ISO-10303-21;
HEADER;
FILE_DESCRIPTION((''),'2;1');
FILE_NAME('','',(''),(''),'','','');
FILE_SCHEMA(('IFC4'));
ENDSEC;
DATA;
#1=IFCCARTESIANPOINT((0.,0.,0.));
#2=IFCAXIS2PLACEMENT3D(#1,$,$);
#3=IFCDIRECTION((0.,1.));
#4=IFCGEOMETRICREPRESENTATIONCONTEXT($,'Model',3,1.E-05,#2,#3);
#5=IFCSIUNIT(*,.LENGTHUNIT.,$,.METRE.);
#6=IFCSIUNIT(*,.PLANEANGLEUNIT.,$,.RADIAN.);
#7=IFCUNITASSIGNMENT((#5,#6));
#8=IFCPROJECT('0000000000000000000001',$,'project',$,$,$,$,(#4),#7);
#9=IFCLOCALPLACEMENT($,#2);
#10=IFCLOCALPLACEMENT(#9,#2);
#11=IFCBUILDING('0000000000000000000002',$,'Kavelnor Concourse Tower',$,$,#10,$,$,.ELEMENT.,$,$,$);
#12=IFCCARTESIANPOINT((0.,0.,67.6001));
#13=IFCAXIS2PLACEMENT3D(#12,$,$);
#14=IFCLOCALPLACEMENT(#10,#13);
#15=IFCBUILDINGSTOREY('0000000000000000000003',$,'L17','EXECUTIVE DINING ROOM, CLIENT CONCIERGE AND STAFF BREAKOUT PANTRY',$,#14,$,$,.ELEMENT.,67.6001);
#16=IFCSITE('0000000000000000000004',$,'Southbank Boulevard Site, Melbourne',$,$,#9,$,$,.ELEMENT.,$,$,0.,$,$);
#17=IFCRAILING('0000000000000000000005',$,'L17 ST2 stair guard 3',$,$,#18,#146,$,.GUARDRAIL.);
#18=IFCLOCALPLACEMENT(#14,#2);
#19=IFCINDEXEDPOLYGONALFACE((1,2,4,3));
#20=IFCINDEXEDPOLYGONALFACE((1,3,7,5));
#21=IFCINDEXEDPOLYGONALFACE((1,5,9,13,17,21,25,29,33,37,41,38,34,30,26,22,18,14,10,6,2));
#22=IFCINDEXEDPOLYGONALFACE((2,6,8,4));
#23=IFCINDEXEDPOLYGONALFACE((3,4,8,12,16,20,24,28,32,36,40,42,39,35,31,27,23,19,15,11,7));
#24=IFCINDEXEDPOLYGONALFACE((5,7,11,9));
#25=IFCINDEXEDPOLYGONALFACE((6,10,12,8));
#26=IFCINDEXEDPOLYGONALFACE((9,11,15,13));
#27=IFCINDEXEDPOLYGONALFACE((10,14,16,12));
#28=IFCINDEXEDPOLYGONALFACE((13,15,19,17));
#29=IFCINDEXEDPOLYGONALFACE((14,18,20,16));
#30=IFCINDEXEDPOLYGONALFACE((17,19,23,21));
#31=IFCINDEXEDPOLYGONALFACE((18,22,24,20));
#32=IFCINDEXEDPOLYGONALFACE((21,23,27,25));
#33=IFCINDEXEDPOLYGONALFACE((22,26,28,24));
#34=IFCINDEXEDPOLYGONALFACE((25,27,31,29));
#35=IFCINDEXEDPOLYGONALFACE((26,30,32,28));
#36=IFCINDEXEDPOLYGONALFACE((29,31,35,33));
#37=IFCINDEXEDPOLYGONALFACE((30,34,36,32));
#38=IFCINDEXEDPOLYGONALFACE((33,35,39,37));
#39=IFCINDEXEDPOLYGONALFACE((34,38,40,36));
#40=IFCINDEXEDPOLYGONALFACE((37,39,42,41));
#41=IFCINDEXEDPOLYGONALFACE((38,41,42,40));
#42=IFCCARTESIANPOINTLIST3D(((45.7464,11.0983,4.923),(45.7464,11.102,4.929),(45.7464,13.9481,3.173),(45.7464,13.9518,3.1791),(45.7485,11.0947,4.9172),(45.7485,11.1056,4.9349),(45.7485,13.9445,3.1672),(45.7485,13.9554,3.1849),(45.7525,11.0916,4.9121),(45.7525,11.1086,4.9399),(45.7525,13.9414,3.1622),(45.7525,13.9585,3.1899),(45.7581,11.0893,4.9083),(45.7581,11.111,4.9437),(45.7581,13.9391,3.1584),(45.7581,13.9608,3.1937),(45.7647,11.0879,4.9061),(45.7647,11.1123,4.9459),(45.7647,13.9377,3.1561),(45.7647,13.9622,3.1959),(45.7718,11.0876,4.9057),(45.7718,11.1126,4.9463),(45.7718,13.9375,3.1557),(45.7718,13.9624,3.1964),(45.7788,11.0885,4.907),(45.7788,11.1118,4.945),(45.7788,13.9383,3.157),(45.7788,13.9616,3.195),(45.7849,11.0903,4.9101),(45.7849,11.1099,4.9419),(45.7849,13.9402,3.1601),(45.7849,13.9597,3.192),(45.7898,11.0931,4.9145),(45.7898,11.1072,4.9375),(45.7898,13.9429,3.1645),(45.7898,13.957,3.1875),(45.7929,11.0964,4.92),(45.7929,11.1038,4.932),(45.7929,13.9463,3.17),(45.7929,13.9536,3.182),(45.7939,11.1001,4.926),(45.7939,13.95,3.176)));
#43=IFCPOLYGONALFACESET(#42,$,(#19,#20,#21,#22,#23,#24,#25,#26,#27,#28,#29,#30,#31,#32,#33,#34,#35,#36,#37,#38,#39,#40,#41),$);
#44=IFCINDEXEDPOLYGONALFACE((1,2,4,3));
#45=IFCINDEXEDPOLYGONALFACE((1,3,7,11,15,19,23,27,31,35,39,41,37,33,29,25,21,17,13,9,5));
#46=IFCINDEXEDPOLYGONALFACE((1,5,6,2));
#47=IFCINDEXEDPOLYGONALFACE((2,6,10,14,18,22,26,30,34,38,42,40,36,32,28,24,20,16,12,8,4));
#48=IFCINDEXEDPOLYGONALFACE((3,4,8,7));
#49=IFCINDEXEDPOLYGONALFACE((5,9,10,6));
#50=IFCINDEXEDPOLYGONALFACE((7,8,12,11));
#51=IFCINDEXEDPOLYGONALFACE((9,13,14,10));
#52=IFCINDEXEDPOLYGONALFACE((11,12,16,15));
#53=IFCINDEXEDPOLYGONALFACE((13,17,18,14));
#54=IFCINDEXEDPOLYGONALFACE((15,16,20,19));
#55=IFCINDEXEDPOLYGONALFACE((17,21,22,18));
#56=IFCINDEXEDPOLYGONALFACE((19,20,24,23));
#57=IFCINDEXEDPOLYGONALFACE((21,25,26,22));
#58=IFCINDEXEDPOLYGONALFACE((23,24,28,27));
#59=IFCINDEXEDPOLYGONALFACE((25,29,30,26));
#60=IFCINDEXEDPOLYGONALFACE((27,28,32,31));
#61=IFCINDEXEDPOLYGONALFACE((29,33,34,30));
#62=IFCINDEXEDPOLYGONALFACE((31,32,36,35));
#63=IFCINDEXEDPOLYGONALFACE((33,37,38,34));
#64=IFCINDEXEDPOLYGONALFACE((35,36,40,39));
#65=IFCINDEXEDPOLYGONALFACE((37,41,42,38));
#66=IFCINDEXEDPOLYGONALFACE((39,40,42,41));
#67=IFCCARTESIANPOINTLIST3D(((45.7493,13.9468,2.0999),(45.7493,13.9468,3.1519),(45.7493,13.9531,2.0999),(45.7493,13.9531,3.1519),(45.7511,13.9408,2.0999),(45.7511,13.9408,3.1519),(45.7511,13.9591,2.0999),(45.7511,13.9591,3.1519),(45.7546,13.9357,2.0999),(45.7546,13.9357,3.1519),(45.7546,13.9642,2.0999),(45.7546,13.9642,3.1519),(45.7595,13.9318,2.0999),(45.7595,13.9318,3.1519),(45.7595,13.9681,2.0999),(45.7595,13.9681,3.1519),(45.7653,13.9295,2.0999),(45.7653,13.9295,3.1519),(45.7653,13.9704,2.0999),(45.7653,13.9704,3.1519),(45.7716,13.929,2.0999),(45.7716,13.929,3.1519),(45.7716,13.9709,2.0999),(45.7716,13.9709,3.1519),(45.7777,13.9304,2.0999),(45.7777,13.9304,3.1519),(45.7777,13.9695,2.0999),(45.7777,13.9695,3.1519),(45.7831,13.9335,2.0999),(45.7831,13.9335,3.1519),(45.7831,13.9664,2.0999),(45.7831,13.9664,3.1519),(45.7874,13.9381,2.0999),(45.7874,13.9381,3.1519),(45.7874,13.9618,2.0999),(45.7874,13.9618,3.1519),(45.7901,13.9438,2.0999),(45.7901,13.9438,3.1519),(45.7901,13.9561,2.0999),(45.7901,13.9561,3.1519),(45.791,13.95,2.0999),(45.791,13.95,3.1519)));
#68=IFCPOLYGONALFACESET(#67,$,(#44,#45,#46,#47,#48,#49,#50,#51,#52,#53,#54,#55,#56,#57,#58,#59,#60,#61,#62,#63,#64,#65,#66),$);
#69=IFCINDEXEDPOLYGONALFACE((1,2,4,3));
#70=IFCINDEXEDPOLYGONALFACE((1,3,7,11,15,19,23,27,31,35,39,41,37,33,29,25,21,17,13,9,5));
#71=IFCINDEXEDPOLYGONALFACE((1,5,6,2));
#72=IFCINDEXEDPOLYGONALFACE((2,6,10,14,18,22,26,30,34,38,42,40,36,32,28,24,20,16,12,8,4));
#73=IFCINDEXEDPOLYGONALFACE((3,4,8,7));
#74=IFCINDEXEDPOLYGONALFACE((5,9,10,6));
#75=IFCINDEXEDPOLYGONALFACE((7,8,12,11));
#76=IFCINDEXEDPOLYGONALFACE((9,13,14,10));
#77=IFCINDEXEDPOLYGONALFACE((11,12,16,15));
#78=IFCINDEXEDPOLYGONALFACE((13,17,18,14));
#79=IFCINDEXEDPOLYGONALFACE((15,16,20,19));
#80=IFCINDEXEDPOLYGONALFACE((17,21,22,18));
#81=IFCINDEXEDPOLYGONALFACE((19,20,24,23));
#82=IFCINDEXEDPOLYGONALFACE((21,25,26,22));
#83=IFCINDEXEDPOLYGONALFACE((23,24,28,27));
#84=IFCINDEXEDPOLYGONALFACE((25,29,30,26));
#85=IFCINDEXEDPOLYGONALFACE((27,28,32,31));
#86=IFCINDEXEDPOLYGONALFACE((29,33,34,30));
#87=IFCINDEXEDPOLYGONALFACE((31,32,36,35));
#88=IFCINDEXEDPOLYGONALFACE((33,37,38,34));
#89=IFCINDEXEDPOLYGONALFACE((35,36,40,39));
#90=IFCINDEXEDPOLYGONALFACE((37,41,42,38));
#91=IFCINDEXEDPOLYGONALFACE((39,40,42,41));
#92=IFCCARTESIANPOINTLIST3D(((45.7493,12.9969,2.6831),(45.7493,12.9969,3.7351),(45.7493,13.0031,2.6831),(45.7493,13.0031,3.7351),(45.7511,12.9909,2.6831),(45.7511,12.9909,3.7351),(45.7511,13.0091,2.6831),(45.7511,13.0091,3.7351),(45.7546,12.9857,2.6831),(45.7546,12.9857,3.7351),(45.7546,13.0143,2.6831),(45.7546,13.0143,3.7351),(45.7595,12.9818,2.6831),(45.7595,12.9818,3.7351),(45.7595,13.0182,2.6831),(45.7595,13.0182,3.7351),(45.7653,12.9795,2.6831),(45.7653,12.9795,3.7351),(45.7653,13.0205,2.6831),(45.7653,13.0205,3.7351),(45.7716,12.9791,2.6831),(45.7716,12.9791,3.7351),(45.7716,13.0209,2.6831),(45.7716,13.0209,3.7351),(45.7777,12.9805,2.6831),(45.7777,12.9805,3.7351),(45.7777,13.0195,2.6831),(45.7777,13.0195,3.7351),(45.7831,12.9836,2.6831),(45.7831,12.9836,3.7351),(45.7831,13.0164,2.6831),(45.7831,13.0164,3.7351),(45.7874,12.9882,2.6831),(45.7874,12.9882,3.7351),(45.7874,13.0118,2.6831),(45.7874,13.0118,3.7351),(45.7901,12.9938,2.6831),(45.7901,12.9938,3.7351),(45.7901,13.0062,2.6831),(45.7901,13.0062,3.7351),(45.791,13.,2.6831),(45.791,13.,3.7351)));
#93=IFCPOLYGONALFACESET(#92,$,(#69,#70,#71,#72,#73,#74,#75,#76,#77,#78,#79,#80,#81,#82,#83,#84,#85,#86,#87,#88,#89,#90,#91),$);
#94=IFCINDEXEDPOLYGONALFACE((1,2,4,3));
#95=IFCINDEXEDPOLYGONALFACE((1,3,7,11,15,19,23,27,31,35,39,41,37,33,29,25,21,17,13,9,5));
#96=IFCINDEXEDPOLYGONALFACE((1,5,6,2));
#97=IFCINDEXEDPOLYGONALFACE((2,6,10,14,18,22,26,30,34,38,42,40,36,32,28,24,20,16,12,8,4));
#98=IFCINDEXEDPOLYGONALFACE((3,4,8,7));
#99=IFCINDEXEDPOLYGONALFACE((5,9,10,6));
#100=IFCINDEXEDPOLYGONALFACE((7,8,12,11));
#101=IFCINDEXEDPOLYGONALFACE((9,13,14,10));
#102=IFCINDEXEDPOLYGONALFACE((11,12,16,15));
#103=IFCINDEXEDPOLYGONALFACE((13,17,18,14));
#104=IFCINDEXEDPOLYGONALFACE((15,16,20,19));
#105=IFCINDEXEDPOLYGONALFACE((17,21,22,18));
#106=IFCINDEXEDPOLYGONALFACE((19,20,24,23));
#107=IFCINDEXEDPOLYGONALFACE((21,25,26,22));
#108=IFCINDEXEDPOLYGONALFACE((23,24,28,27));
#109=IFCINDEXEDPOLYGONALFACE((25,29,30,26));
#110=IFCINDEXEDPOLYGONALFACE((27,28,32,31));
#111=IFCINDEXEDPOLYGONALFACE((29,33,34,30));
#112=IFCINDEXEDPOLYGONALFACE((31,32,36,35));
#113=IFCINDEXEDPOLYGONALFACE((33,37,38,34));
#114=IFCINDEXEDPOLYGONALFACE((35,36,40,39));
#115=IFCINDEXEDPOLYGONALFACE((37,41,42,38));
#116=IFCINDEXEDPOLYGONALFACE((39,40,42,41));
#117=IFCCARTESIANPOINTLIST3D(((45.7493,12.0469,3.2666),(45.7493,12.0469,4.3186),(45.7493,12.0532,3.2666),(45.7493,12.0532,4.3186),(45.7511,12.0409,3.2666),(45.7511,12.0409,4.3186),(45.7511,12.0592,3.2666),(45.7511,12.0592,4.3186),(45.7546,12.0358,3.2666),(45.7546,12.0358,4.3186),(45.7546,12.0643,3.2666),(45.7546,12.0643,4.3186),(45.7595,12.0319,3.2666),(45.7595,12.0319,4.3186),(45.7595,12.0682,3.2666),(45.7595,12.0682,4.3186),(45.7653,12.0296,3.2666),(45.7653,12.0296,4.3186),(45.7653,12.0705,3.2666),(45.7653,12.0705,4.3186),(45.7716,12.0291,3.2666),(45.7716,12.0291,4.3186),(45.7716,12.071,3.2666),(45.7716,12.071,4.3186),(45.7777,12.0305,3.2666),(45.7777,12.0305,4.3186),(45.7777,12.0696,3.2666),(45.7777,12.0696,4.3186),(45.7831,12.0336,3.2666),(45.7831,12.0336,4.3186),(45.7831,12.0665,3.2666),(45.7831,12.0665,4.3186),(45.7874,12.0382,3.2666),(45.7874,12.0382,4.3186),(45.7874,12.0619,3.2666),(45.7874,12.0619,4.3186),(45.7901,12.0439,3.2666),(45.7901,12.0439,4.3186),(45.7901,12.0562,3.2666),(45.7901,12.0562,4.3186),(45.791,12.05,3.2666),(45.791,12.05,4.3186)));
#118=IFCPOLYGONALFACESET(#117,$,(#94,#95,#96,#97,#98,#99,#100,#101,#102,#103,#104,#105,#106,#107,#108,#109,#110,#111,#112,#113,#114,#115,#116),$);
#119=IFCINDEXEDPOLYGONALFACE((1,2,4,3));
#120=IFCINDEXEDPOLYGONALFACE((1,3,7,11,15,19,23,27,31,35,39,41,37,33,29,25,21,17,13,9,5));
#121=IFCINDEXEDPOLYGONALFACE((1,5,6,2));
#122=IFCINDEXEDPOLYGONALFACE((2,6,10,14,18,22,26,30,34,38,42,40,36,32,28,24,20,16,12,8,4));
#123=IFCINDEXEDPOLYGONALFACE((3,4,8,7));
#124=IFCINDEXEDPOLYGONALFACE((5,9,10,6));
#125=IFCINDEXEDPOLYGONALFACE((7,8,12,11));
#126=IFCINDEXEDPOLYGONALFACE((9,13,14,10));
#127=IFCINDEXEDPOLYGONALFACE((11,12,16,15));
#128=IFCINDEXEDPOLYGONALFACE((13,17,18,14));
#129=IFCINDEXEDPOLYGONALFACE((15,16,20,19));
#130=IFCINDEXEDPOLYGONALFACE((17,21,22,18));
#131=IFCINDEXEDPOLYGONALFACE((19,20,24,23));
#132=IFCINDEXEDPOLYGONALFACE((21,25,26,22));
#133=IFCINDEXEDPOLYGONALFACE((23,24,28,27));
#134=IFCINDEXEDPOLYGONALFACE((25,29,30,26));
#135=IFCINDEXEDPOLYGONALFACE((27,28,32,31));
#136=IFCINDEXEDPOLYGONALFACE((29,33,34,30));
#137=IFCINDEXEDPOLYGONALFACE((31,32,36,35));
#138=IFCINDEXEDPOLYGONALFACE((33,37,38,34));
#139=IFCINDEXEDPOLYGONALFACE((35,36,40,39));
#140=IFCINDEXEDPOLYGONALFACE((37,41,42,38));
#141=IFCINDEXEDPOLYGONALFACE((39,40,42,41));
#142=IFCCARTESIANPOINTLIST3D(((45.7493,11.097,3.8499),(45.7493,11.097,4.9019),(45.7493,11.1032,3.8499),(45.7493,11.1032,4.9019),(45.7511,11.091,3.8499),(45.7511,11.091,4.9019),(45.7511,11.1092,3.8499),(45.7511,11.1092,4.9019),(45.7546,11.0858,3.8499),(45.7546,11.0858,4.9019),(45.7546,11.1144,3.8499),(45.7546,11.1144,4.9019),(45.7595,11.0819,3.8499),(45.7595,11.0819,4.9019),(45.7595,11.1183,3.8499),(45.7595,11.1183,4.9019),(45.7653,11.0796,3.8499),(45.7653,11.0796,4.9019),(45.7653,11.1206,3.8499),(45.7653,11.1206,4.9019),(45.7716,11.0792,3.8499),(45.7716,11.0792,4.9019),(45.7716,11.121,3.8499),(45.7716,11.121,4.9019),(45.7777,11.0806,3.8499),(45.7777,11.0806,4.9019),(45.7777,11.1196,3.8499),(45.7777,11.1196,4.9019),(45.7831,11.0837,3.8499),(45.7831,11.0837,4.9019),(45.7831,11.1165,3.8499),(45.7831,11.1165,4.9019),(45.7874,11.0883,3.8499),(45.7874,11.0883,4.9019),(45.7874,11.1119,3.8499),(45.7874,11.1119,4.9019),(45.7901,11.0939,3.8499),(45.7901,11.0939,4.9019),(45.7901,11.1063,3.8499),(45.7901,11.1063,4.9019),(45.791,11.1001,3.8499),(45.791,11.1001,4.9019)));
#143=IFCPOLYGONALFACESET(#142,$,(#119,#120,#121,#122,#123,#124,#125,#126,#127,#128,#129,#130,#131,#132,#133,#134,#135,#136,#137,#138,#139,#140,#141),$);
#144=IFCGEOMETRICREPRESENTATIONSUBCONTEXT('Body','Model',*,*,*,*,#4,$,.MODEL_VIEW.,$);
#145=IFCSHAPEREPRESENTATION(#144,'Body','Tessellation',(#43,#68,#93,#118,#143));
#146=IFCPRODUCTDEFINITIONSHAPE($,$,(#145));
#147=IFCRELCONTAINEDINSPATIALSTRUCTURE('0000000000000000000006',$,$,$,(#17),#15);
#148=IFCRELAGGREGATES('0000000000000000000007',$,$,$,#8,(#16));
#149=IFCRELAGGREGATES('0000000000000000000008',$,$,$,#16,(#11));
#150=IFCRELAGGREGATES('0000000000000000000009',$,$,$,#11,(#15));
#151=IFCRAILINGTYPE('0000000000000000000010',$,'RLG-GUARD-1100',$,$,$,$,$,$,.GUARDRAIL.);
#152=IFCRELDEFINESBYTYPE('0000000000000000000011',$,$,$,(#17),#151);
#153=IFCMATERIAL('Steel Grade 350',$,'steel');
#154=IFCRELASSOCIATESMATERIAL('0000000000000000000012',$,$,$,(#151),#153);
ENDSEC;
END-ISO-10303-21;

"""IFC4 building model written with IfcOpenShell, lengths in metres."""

from ifc_helpers import new_model, si_unit, direction, frame, origin, origin_2d, place, context, subcontext, project, spatial, circle, extrude, material, type_object, element, save


model = new_model("IFC4")

# Units and contexts
model_context = context("Model", 3, precision=1e-05, world=origin(), true_north=direction((0.0, 1.0)))
body_context = subcontext(model_context, "Body", "Model", "MODEL_VIEW")
ifc_project = project(units=[si_unit("LENGTHUNIT", "METRE"), si_unit("PLANEANGLEUNIT", "RADIAN")], contexts=[model_context])

# Site, building, storey
site_placement = place(None, origin())
site = spatial("IfcSite", under=ifc_project, at=site_placement, Name="Southbank Boulevard Site, Melbourne", CompositionType="ELEMENT", RefElevation=0.0)
building_placement = place(site_placement, origin())
building = spatial("IfcBuilding", under=site, at=building_placement, Name="Kavelnor Concourse Tower", CompositionType="ELEMENT")
storey_placement = place(building_placement, frame((0.0, 0.0, 67.6001)))
storey = spatial("IfcBuildingStorey", under=building, at=storey_placement, Name="L17", Description="EXECUTIVE DINING ROOM, CLIENT CONCIERGE AND STAFF BREAKOUT PANTRY", CompositionType="ELEMENT", Elevation=67.6001)

# Shared definitions
ifc_material_1 = material(Name="Steel Grade 350", Category="steel")

# Railing
railing_type_1 = type_object("IfcRailingType", Name="RLG-GUARD-1100", PredefinedType="GUARDRAIL", material=ifc_material_1)
railing_1_placement = place(storey_placement, frame((45.77, 13.95, 2.0999)))
element("IfcRailing", 1, at=railing_1_placement, inside=storey, type_object=railing_type_1, Name="L17 ST2 stair guard 3", PredefinedType="GUARDRAIL", context=body_context, shape_type="SweptSolid", body=[
    extrude(circle(Radius=0.0239, at=origin_2d()), frame((0.0, 0.0, 1.0762), z_axis=(0.0, -0.852159, 0.523283), x_axis=(1.0, 0.0, 0.0)), (0.0, 0.0, 1.0), 3.3442),
    extrude(circle(Radius=0.021, at=origin_2d()), origin(), (0.0, 0.0, 1.0), 1.052),
    extrude(circle(Radius=0.021, at=origin_2d()), frame((0.0, -0.95, 0.5833)), (0.0, 0.0, 1.0), 1.052),
    extrude(circle(Radius=0.021, at=origin_2d()), frame((0.0, -1.8999, 1.1667)), (0.0, 0.0, 1.0), 1.052),
    extrude(circle(Radius=0.021, at=origin_2d()), frame((0.0, -2.8499, 1.75)), (0.0, 0.0, 1.0), 1.052),
])

save(model, "model.ifc")
